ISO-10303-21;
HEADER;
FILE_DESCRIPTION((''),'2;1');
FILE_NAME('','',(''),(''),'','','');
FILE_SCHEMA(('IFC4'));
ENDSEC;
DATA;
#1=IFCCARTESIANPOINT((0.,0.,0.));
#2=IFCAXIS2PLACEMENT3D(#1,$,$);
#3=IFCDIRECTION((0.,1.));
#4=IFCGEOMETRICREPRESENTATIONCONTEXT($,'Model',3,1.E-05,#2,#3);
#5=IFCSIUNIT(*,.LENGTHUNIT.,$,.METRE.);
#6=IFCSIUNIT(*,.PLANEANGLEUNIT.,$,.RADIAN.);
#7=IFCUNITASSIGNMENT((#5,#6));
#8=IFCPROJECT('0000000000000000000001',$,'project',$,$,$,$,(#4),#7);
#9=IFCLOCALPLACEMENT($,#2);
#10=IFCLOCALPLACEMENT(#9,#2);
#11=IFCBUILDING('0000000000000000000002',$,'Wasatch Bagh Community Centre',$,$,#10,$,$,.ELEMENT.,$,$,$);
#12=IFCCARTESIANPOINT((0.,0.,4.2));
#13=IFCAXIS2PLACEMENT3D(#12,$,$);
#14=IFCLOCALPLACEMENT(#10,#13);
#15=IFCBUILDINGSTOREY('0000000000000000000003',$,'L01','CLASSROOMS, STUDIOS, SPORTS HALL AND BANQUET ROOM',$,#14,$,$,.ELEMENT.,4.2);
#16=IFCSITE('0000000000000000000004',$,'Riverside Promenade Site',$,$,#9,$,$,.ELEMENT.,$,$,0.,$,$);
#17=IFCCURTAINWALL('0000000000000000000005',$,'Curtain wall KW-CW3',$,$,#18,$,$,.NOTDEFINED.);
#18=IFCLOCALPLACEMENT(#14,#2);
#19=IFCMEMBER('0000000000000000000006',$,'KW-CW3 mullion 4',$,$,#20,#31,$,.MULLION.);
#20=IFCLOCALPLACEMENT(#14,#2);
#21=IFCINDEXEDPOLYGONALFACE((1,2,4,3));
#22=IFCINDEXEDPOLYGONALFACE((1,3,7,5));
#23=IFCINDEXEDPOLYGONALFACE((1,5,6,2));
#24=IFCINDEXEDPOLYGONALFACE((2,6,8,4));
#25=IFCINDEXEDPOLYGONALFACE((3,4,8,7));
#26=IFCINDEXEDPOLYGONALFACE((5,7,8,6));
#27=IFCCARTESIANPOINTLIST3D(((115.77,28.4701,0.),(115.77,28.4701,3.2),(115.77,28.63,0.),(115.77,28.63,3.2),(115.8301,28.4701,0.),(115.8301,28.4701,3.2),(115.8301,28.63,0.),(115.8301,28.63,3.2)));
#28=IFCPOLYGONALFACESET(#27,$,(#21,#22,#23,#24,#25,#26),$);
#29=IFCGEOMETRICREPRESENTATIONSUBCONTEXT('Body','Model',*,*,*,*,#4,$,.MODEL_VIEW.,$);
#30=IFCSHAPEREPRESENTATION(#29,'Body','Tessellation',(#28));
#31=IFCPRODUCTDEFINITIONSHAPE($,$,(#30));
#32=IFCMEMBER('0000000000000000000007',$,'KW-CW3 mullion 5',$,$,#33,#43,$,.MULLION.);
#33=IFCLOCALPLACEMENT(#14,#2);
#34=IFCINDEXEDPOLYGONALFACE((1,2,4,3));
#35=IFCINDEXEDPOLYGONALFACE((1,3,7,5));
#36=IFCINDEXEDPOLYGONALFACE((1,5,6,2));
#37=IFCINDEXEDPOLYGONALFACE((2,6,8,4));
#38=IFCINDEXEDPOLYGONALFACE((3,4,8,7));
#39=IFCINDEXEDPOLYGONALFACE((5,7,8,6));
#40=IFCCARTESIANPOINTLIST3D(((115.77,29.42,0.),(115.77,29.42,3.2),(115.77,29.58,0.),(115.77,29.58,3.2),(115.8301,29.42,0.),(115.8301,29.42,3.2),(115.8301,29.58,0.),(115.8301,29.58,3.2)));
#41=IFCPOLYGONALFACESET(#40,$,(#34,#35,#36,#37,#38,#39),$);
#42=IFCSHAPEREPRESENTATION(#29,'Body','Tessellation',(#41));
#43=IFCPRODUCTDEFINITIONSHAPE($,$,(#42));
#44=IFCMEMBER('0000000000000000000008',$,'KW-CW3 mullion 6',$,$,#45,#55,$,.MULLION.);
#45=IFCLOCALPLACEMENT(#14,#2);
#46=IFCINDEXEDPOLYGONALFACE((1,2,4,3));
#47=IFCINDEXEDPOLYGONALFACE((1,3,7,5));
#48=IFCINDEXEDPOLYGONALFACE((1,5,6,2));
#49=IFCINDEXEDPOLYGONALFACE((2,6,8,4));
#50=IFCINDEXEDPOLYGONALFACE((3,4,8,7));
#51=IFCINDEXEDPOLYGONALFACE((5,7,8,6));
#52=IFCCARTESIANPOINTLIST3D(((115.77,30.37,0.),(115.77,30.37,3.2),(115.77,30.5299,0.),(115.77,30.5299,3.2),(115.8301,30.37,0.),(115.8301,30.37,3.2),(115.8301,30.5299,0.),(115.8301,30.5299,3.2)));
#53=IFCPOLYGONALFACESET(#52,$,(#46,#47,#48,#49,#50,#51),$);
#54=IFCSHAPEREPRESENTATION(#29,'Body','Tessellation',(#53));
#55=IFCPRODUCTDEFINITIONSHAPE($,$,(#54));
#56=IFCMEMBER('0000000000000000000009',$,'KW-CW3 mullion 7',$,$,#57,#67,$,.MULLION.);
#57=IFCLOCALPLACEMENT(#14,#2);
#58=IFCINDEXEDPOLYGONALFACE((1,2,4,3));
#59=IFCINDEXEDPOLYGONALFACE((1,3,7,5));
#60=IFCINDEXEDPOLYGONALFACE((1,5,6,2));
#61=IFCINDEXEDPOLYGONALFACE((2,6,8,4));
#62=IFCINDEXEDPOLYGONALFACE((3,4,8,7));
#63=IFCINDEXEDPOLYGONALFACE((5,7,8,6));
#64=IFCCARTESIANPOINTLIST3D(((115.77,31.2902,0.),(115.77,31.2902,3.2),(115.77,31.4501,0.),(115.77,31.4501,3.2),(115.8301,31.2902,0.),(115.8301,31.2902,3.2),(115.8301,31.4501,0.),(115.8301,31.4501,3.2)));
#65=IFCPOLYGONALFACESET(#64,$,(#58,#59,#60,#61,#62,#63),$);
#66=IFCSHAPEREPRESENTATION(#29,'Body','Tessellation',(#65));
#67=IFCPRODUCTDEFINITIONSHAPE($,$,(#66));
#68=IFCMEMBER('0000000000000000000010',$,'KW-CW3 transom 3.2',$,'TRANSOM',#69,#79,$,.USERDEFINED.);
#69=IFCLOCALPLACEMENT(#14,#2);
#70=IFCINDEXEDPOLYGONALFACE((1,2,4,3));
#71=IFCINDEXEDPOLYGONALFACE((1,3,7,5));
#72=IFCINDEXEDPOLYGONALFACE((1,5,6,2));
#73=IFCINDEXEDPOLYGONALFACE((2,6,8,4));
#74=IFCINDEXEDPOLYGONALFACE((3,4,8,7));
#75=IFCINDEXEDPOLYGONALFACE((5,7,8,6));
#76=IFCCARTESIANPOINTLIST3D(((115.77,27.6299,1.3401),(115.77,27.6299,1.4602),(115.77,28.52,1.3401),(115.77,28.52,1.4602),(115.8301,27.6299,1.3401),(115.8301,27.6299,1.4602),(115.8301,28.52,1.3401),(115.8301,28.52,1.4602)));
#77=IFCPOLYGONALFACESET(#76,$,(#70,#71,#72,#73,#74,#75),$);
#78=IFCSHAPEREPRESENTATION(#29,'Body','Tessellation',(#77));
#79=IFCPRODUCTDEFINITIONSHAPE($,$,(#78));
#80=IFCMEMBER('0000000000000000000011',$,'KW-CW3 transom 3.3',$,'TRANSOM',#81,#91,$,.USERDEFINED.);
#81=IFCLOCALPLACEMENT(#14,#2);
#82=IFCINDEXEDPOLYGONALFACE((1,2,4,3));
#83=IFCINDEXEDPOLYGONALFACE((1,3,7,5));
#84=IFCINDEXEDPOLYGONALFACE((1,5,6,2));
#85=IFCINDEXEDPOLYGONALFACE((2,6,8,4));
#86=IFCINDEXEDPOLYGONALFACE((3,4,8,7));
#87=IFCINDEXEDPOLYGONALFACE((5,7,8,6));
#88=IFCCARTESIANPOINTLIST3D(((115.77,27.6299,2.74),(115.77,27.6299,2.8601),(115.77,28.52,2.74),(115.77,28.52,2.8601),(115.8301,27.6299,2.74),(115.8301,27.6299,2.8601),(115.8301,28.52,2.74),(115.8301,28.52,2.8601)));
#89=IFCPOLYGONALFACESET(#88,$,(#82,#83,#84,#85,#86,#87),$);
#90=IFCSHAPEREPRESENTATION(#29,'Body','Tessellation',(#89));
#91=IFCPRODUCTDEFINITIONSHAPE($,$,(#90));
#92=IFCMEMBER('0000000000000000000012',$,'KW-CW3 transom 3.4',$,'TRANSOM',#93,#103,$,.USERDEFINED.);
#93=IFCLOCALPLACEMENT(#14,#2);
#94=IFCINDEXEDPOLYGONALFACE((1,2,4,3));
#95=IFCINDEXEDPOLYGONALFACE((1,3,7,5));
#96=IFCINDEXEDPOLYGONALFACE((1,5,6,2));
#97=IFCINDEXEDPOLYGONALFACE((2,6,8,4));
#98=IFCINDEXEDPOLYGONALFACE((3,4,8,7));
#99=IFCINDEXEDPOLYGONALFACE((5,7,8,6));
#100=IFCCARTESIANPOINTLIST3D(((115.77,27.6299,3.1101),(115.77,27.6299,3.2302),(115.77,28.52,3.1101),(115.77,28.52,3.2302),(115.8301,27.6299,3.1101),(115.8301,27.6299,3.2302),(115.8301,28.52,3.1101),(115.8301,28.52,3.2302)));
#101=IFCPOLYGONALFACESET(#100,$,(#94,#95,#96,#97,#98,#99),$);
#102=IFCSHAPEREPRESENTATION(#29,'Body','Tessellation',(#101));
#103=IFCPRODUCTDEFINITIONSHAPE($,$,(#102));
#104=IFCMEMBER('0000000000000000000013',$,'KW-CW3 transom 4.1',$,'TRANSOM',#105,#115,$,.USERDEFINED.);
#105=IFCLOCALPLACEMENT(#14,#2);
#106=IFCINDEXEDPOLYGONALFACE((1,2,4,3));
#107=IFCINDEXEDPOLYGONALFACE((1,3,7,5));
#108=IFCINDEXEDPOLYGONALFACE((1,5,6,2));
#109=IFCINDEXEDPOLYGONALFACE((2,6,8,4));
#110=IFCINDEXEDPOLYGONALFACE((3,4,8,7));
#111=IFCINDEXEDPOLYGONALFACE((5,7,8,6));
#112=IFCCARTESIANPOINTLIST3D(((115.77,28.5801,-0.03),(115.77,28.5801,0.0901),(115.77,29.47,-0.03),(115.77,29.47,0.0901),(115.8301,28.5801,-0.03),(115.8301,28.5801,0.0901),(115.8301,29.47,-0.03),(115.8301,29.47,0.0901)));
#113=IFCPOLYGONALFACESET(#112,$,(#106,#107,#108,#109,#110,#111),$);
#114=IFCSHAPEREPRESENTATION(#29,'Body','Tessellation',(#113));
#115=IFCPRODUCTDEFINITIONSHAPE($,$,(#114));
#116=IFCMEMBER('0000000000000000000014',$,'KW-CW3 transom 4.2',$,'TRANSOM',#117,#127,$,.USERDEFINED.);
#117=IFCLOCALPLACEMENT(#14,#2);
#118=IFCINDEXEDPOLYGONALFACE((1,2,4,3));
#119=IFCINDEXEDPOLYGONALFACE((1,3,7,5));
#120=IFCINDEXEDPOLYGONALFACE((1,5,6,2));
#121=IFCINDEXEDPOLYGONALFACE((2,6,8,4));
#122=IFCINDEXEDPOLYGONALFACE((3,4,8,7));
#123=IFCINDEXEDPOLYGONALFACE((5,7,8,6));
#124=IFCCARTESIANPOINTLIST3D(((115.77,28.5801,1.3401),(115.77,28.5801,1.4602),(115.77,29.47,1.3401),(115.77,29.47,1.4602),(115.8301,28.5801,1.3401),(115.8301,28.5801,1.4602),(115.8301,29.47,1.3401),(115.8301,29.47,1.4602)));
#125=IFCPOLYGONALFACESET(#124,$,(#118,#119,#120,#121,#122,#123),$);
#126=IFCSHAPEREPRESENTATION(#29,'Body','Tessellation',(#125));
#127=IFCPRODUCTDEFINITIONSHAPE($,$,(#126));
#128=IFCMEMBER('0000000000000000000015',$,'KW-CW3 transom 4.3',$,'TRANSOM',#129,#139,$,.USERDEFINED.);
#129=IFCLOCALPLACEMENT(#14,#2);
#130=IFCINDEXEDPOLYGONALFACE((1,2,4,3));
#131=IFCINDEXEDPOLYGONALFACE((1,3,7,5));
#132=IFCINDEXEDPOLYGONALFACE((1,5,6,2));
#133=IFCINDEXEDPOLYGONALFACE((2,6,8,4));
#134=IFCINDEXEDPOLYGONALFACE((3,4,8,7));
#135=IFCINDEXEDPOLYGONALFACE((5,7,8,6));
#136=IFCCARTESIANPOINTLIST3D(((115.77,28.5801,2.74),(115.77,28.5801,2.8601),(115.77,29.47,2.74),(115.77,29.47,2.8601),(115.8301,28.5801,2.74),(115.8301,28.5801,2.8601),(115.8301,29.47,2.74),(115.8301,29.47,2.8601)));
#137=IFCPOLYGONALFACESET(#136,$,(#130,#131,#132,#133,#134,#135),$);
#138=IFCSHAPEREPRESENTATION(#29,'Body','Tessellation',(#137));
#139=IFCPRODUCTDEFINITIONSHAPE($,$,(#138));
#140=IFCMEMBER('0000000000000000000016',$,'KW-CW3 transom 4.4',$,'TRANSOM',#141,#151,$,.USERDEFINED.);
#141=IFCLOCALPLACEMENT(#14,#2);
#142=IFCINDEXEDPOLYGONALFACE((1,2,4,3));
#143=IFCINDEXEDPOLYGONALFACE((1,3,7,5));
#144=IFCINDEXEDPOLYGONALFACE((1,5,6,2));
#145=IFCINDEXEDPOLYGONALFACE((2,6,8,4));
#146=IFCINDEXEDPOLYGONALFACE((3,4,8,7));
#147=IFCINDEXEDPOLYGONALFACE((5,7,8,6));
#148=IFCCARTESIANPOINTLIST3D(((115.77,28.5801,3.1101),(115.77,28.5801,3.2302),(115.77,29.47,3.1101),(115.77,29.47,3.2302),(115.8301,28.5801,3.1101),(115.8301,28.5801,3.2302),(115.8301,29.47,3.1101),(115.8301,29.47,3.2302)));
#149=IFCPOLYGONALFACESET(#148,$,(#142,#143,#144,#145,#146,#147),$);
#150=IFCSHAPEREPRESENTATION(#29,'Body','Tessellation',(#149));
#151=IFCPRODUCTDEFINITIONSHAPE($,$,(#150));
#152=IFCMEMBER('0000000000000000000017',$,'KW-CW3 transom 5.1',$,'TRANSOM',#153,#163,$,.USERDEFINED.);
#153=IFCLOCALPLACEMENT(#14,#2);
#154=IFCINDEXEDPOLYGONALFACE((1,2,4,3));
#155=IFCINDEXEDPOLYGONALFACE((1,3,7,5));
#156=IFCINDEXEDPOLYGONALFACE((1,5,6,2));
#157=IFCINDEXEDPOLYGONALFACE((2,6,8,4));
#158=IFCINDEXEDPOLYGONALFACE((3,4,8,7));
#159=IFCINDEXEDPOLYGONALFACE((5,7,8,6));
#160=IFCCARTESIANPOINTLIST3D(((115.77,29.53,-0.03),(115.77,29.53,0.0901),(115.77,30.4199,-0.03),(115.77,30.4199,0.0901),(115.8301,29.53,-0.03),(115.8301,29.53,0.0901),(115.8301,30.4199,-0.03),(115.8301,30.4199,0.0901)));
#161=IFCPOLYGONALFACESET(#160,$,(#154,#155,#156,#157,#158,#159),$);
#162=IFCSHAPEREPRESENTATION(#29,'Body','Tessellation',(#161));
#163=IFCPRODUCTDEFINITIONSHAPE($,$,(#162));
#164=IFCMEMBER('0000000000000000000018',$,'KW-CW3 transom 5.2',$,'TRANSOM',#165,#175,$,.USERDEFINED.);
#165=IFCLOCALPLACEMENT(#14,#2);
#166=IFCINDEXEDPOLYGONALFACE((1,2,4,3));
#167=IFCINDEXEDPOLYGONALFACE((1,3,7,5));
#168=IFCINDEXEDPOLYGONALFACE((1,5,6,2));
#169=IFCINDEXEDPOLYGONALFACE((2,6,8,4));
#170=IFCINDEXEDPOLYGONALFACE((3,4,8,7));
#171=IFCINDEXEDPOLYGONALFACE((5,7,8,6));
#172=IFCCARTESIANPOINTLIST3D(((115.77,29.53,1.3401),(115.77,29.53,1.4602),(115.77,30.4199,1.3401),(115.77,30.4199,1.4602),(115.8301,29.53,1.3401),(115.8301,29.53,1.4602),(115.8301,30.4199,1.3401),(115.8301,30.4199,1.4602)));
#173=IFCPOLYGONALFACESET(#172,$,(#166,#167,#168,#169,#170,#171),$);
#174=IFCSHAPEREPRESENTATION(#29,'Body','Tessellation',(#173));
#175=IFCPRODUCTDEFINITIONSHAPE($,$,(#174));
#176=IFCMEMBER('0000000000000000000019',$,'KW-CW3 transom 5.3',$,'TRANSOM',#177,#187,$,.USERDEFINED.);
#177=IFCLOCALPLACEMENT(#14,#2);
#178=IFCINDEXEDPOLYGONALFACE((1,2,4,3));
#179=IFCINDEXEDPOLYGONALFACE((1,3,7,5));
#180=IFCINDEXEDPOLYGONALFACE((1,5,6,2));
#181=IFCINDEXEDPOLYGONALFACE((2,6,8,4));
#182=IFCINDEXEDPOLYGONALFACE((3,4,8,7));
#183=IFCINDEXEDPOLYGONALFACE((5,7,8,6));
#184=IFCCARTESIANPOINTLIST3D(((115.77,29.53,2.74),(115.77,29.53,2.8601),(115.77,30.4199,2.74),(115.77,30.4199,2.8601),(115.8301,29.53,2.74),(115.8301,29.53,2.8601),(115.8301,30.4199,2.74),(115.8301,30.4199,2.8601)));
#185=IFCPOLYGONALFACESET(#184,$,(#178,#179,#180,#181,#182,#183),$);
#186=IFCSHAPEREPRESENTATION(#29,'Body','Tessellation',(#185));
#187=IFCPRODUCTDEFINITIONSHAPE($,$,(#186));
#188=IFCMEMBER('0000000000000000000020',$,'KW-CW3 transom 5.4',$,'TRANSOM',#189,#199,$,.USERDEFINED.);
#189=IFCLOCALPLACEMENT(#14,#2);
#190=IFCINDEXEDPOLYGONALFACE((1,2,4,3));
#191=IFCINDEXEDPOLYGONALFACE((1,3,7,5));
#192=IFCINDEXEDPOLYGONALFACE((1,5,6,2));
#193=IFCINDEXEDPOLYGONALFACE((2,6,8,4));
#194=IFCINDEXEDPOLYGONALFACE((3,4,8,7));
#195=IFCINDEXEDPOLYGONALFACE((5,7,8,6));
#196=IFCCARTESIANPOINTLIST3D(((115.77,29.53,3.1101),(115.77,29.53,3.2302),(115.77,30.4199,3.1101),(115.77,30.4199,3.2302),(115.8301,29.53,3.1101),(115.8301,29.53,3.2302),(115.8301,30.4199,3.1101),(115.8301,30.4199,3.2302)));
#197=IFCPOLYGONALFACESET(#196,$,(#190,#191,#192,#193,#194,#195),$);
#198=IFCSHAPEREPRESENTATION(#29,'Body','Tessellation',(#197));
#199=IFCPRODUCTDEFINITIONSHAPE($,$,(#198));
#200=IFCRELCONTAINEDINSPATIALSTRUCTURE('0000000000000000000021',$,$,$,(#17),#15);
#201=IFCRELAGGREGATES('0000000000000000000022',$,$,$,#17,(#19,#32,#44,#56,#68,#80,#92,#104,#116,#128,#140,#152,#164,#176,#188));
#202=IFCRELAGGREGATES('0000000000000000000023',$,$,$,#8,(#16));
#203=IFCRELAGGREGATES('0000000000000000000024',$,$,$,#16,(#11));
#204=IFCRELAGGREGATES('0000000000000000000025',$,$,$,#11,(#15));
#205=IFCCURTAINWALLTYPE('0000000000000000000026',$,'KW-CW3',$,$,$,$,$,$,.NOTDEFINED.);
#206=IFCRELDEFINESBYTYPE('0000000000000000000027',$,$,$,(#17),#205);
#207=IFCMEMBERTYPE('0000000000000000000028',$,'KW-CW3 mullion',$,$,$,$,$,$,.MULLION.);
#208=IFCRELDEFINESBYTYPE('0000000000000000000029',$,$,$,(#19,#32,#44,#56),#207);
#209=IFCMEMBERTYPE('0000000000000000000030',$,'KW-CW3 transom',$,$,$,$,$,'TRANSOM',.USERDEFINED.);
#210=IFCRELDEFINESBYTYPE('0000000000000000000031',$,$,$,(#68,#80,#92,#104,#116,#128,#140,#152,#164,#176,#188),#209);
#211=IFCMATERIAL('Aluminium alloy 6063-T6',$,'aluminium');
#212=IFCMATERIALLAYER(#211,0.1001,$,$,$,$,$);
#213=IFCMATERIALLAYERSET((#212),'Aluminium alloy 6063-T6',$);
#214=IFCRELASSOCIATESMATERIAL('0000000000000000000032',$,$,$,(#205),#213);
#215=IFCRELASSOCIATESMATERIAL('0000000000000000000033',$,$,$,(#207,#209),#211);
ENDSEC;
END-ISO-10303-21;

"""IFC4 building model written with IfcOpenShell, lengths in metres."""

from ifc_helpers import new_model, si_unit, direction, frame, origin, origin_2d, place, context, subcontext, project, spatial, rectangle, extrude, material, layer, layer_set, material_profile, profile_set, type_object, element, aggregate, save


model = new_model("IFC4")

# Units and contexts
model_context = context("Model", 3, precision=1e-05, world=origin(), true_north=direction((0.0, 1.0)))
body_context = subcontext(model_context, "Body", "Model", "MODEL_VIEW")
ifc_project = project(units=[si_unit("LENGTHUNIT", "METRE"), si_unit("PLANEANGLEUNIT", "RADIAN")], contexts=[model_context])

# Site, building, storey
site_placement = place(None, origin())
site = spatial("IfcSite", under=ifc_project, at=site_placement, Name="Riverside Promenade Site", CompositionType="ELEMENT", RefElevation=0.0)
building_placement = place(site_placement, origin())
building = spatial("IfcBuilding", under=site, at=building_placement, Name="Wasatch Bagh Community Centre", CompositionType="ELEMENT")
storey_placement = place(building_placement, frame((0.0, 0.0, 4.2)))
storey = spatial("IfcBuildingStorey", under=building, at=storey_placement, Name="L01", Description="CLASSROOMS, STUDIOS, SPORTS HALL AND BANQUET ROOM", CompositionType="ELEMENT", Elevation=4.2)

# Curtain wall, members
ifc_material_1 = material(Name="Aluminium alloy 6063-T6", Category="aluminium")
ifc_layer_1 = layer(ifc_material_1, 0.1001)
ifc_layer_set_1 = layer_set([ifc_layer_1], Name="Aluminium alloy 6063-T6")
curtain_wall_type = type_object("IfcCurtainWallType", Name="KW-CW3", PredefinedType="NOTDEFINED", material=ifc_layer_set_1)
curtain_wall_placement = place(storey_placement, origin())
curtain_wall = element("IfcCurtainWall", 1, at=curtain_wall_placement, inside=storey, type_object=curtain_wall_type, Name="Curtain wall KW-CW3", PredefinedType="NOTDEFINED")
ifc_material_profile_1 = material_profile(ifc_material_1, rectangle(XDim=0.0601, YDim=0.1599, at=origin_2d()), Name="AL 60x160")
ifc_profile_set_1 = profile_set([ifc_material_profile_1], Name="Aluminium alloy 6063-T6")
member_type_1 = type_object("IfcMemberType", Name="KW-CW3 mullion", PredefinedType="MULLION", material=ifc_profile_set_1)
member_1_placement = place(storey_placement, frame((115.8, 28.55, 0.0), z_axis=(0.0, 0.0, 1.0), x_axis=(-1.0, 0.0, 0.0)))
member_1 = element("IfcMember", 2, at=member_1_placement, type_object=member_type_1, Name="KW-CW3 mullion 4", PredefinedType="MULLION", context=body_context, shape_type="SweptSolid", body=[
    extrude(rectangle(XDim=0.0601, YDim=0.1599, at=origin_2d()), origin(), (0.0, 0.0, 1.0), 3.2),
])
member_2_placement = place(storey_placement, frame((115.8, 29.5, 0.0), z_axis=(0.0, 0.0, 1.0), x_axis=(-1.0, 0.0, 0.0)))
member_2 = element("IfcMember", 3, at=member_2_placement, type_object=member_type_1, Name="KW-CW3 mullion 5", PredefinedType="MULLION", context=body_context, shape_type="SweptSolid", body=[
    extrude(rectangle(XDim=0.0601, YDim=0.1599, at=origin_2d()), origin(), (0.0, 0.0, 1.0), 3.2),
])
member_3_placement = place(storey_placement, frame((115.8, 30.45, 0.0), z_axis=(0.0, 0.0, 1.0), x_axis=(-1.0, 0.0, 0.0)))
member_3 = element("IfcMember", 4, at=member_3_placement, type_object=member_type_1, Name="KW-CW3 mullion 6", PredefinedType="MULLION", context=body_context, shape_type="SweptSolid", body=[
    extrude(rectangle(XDim=0.0601, YDim=0.1599, at=origin_2d()), origin(), (0.0, 0.0, 1.0), 3.2),
])
member_4_placement = place(storey_placement, frame((115.8, 31.3701, 0.0), z_axis=(0.0, 0.0, 1.0), x_axis=(-1.0, 0.0, 0.0)))
member_4 = element("IfcMember", 5, at=member_4_placement, type_object=member_type_1, Name="KW-CW3 mullion 7", PredefinedType="MULLION", context=body_context, shape_type="SweptSolid", body=[
    extrude(rectangle(XDim=0.0601, YDim=0.1599, at=origin_2d()), origin(), (0.0, 0.0, 1.0), 3.2),
])
ifc_material_profile_2 = material_profile(ifc_material_1, rectangle(XDim=0.0601, YDim=0.1201, at=origin_2d()), Name="AL 60x120")
ifc_profile_set_2 = profile_set([ifc_material_profile_2], Name="Aluminium alloy 6063-T6")
member_type_2 = type_object("IfcMemberType", Name="KW-CW3 transom", ElementType="TRANSOM", PredefinedType="USERDEFINED", material=ifc_profile_set_2)
member_5_placement = place(storey_placement, frame((115.8, 27.6299, 1.4001), z_axis=(0.0, 1.0, 0.0), x_axis=(-1.0, 0.0, 0.0)))
member_5 = element("IfcMember", 6, at=member_5_placement, type_object=member_type_2, Name="KW-CW3 transom 3.2", ObjectType="TRANSOM", PredefinedType="USERDEFINED", context=body_context, shape_type="SweptSolid", body=[
    extrude(rectangle(XDim=0.0601, YDim=0.1201, at=origin_2d()), origin(), (0.0, 0.0, 1.0), 0.8901),
])
member_6_placement = place(storey_placement, frame((115.8, 27.6299, 2.8), z_axis=(0.0, 1.0, 0.0), x_axis=(-1.0, 0.0, 0.0)))
member_6 = element("IfcMember", 7, at=member_6_placement, type_object=member_type_2, Name="KW-CW3 transom 3.3", ObjectType="TRANSOM", PredefinedType="USERDEFINED", context=body_context, shape_type="SweptSolid", body=[
    extrude(rectangle(XDim=0.0601, YDim=0.1201, at=origin_2d()), origin(), (0.0, 0.0, 1.0), 0.8901),
])
member_7_placement = place(storey_placement, frame((115.8, 27.6299, 3.1702), z_axis=(0.0, 1.0, 0.0), x_axis=(-1.0, 0.0, 0.0)))
member_7 = element("IfcMember", 8, at=member_7_placement, type_object=member_type_2, Name="KW-CW3 transom 3.4", ObjectType="TRANSOM", PredefinedType="USERDEFINED", context=body_context, shape_type="SweptSolid", body=[
    extrude(rectangle(XDim=0.0601, YDim=0.1201, at=origin_2d()), origin(), (0.0, 0.0, 1.0), 0.8901),
])
member_8_placement = place(storey_placement, frame((115.8, 28.5801, 0.03), z_axis=(0.0, 1.0, 0.0), x_axis=(-1.0, 0.0, 0.0)))
member_8 = element("IfcMember", 9, at=member_8_placement, type_object=member_type_2, Name="KW-CW3 transom 4.1", ObjectType="TRANSOM", PredefinedType="USERDEFINED", context=body_context, shape_type="SweptSolid", body=[
    extrude(rectangle(XDim=0.0601, YDim=0.1201, at=origin_2d()), origin(), (0.0, 0.0, 1.0), 0.8899),
])
member_9_placement = place(storey_placement, frame((115.8, 28.5801, 1.4001), z_axis=(0.0, 1.0, 0.0), x_axis=(-1.0, 0.0, 0.0)))
member_9 = element("IfcMember", 10, at=member_9_placement, type_object=member_type_2, Name="KW-CW3 transom 4.2", ObjectType="TRANSOM", PredefinedType="USERDEFINED", context=body_context, shape_type="SweptSolid", body=[
    extrude(rectangle(XDim=0.0601, YDim=0.1201, at=origin_2d()), origin(), (0.0, 0.0, 1.0), 0.8899),
])
member_10_placement = place(storey_placement, frame((115.8, 28.5801, 2.8), z_axis=(0.0, 1.0, 0.0), x_axis=(-1.0, 0.0, 0.0)))
member_10 = element("IfcMember", 11, at=member_10_placement, type_object=member_type_2, Name="KW-CW3 transom 4.3", ObjectType="TRANSOM", PredefinedType="USERDEFINED", context=body_context, shape_type="SweptSolid", body=[
    extrude(rectangle(XDim=0.0601, YDim=0.1201, at=origin_2d()), origin(), (0.0, 0.0, 1.0), 0.8899),
])
member_11_placement = place(storey_placement, frame((115.8, 28.5801, 3.1702), z_axis=(0.0, 1.0, 0.0), x_axis=(-1.0, 0.0, 0.0)))
member_11 = element("IfcMember", 12, at=member_11_placement, type_object=member_type_2, Name="KW-CW3 transom 4.4", ObjectType="TRANSOM", PredefinedType="USERDEFINED", context=body_context, shape_type="SweptSolid", body=[
    extrude(rectangle(XDim=0.0601, YDim=0.1201, at=origin_2d()), origin(), (0.0, 0.0, 1.0), 0.8899),
])
member_12_placement = place(storey_placement, frame((115.8, 29.53, 0.03), z_axis=(0.0, 1.0, 0.0), x_axis=(-1.0, 0.0, 0.0)))
member_12 = element("IfcMember", 13, at=member_12_placement, type_object=member_type_2, Name="KW-CW3 transom 5.1", ObjectType="TRANSOM", PredefinedType="USERDEFINED", context=body_context, shape_type="SweptSolid", body=[
    extrude(rectangle(XDim=0.0601, YDim=0.1201, at=origin_2d()), origin(), (0.0, 0.0, 1.0), 0.8899),
])
member_13_placement = place(storey_placement, frame((115.8, 29.53, 1.4001), z_axis=(0.0, 1.0, 0.0), x_axis=(-1.0, 0.0, 0.0)))
member_13 = element("IfcMember", 14, at=member_13_placement, type_object=member_type_2, Name="KW-CW3 transom 5.2", ObjectType="TRANSOM", PredefinedType="USERDEFINED", context=body_context, shape_type="SweptSolid", body=[
    extrude(rectangle(XDim=0.0601, YDim=0.1201, at=origin_2d()), origin(), (0.0, 0.0, 1.0), 0.8899),
])
member_14_placement = place(storey_placement, frame((115.8, 29.53, 2.8), z_axis=(0.0, 1.0, 0.0), x_axis=(-1.0, 0.0, 0.0)))
member_14 = element("IfcMember", 15, at=member_14_placement, type_object=member_type_2, Name="KW-CW3 transom 5.3", ObjectType="TRANSOM", PredefinedType="USERDEFINED", context=body_context, shape_type="SweptSolid", body=[
    extrude(rectangle(XDim=0.0601, YDim=0.1201, at=origin_2d()), origin(), (0.0, 0.0, 1.0), 0.8899),
])
member_15_placement = place(storey_placement, frame((115.8, 29.53, 3.1702), z_axis=(0.0, 1.0, 0.0), x_axis=(-1.0, 0.0, 0.0)))
member_15 = element("IfcMember", 16, at=member_15_placement, type_object=member_type_2, Name="KW-CW3 transom 5.4", ObjectType="TRANSOM", PredefinedType="USERDEFINED", context=body_context, shape_type="SweptSolid", body=[
    extrude(rectangle(XDim=0.0601, YDim=0.1201, at=origin_2d()), origin(), (0.0, 0.0, 1.0), 0.8899),
])
aggregate(curtain_wall, [member_1, member_2, member_3, member_4, member_5, member_6, member_7, member_8, member_9, member_10, member_11, member_12, member_13, member_14, member_15])

save(model, "model.ifc")
